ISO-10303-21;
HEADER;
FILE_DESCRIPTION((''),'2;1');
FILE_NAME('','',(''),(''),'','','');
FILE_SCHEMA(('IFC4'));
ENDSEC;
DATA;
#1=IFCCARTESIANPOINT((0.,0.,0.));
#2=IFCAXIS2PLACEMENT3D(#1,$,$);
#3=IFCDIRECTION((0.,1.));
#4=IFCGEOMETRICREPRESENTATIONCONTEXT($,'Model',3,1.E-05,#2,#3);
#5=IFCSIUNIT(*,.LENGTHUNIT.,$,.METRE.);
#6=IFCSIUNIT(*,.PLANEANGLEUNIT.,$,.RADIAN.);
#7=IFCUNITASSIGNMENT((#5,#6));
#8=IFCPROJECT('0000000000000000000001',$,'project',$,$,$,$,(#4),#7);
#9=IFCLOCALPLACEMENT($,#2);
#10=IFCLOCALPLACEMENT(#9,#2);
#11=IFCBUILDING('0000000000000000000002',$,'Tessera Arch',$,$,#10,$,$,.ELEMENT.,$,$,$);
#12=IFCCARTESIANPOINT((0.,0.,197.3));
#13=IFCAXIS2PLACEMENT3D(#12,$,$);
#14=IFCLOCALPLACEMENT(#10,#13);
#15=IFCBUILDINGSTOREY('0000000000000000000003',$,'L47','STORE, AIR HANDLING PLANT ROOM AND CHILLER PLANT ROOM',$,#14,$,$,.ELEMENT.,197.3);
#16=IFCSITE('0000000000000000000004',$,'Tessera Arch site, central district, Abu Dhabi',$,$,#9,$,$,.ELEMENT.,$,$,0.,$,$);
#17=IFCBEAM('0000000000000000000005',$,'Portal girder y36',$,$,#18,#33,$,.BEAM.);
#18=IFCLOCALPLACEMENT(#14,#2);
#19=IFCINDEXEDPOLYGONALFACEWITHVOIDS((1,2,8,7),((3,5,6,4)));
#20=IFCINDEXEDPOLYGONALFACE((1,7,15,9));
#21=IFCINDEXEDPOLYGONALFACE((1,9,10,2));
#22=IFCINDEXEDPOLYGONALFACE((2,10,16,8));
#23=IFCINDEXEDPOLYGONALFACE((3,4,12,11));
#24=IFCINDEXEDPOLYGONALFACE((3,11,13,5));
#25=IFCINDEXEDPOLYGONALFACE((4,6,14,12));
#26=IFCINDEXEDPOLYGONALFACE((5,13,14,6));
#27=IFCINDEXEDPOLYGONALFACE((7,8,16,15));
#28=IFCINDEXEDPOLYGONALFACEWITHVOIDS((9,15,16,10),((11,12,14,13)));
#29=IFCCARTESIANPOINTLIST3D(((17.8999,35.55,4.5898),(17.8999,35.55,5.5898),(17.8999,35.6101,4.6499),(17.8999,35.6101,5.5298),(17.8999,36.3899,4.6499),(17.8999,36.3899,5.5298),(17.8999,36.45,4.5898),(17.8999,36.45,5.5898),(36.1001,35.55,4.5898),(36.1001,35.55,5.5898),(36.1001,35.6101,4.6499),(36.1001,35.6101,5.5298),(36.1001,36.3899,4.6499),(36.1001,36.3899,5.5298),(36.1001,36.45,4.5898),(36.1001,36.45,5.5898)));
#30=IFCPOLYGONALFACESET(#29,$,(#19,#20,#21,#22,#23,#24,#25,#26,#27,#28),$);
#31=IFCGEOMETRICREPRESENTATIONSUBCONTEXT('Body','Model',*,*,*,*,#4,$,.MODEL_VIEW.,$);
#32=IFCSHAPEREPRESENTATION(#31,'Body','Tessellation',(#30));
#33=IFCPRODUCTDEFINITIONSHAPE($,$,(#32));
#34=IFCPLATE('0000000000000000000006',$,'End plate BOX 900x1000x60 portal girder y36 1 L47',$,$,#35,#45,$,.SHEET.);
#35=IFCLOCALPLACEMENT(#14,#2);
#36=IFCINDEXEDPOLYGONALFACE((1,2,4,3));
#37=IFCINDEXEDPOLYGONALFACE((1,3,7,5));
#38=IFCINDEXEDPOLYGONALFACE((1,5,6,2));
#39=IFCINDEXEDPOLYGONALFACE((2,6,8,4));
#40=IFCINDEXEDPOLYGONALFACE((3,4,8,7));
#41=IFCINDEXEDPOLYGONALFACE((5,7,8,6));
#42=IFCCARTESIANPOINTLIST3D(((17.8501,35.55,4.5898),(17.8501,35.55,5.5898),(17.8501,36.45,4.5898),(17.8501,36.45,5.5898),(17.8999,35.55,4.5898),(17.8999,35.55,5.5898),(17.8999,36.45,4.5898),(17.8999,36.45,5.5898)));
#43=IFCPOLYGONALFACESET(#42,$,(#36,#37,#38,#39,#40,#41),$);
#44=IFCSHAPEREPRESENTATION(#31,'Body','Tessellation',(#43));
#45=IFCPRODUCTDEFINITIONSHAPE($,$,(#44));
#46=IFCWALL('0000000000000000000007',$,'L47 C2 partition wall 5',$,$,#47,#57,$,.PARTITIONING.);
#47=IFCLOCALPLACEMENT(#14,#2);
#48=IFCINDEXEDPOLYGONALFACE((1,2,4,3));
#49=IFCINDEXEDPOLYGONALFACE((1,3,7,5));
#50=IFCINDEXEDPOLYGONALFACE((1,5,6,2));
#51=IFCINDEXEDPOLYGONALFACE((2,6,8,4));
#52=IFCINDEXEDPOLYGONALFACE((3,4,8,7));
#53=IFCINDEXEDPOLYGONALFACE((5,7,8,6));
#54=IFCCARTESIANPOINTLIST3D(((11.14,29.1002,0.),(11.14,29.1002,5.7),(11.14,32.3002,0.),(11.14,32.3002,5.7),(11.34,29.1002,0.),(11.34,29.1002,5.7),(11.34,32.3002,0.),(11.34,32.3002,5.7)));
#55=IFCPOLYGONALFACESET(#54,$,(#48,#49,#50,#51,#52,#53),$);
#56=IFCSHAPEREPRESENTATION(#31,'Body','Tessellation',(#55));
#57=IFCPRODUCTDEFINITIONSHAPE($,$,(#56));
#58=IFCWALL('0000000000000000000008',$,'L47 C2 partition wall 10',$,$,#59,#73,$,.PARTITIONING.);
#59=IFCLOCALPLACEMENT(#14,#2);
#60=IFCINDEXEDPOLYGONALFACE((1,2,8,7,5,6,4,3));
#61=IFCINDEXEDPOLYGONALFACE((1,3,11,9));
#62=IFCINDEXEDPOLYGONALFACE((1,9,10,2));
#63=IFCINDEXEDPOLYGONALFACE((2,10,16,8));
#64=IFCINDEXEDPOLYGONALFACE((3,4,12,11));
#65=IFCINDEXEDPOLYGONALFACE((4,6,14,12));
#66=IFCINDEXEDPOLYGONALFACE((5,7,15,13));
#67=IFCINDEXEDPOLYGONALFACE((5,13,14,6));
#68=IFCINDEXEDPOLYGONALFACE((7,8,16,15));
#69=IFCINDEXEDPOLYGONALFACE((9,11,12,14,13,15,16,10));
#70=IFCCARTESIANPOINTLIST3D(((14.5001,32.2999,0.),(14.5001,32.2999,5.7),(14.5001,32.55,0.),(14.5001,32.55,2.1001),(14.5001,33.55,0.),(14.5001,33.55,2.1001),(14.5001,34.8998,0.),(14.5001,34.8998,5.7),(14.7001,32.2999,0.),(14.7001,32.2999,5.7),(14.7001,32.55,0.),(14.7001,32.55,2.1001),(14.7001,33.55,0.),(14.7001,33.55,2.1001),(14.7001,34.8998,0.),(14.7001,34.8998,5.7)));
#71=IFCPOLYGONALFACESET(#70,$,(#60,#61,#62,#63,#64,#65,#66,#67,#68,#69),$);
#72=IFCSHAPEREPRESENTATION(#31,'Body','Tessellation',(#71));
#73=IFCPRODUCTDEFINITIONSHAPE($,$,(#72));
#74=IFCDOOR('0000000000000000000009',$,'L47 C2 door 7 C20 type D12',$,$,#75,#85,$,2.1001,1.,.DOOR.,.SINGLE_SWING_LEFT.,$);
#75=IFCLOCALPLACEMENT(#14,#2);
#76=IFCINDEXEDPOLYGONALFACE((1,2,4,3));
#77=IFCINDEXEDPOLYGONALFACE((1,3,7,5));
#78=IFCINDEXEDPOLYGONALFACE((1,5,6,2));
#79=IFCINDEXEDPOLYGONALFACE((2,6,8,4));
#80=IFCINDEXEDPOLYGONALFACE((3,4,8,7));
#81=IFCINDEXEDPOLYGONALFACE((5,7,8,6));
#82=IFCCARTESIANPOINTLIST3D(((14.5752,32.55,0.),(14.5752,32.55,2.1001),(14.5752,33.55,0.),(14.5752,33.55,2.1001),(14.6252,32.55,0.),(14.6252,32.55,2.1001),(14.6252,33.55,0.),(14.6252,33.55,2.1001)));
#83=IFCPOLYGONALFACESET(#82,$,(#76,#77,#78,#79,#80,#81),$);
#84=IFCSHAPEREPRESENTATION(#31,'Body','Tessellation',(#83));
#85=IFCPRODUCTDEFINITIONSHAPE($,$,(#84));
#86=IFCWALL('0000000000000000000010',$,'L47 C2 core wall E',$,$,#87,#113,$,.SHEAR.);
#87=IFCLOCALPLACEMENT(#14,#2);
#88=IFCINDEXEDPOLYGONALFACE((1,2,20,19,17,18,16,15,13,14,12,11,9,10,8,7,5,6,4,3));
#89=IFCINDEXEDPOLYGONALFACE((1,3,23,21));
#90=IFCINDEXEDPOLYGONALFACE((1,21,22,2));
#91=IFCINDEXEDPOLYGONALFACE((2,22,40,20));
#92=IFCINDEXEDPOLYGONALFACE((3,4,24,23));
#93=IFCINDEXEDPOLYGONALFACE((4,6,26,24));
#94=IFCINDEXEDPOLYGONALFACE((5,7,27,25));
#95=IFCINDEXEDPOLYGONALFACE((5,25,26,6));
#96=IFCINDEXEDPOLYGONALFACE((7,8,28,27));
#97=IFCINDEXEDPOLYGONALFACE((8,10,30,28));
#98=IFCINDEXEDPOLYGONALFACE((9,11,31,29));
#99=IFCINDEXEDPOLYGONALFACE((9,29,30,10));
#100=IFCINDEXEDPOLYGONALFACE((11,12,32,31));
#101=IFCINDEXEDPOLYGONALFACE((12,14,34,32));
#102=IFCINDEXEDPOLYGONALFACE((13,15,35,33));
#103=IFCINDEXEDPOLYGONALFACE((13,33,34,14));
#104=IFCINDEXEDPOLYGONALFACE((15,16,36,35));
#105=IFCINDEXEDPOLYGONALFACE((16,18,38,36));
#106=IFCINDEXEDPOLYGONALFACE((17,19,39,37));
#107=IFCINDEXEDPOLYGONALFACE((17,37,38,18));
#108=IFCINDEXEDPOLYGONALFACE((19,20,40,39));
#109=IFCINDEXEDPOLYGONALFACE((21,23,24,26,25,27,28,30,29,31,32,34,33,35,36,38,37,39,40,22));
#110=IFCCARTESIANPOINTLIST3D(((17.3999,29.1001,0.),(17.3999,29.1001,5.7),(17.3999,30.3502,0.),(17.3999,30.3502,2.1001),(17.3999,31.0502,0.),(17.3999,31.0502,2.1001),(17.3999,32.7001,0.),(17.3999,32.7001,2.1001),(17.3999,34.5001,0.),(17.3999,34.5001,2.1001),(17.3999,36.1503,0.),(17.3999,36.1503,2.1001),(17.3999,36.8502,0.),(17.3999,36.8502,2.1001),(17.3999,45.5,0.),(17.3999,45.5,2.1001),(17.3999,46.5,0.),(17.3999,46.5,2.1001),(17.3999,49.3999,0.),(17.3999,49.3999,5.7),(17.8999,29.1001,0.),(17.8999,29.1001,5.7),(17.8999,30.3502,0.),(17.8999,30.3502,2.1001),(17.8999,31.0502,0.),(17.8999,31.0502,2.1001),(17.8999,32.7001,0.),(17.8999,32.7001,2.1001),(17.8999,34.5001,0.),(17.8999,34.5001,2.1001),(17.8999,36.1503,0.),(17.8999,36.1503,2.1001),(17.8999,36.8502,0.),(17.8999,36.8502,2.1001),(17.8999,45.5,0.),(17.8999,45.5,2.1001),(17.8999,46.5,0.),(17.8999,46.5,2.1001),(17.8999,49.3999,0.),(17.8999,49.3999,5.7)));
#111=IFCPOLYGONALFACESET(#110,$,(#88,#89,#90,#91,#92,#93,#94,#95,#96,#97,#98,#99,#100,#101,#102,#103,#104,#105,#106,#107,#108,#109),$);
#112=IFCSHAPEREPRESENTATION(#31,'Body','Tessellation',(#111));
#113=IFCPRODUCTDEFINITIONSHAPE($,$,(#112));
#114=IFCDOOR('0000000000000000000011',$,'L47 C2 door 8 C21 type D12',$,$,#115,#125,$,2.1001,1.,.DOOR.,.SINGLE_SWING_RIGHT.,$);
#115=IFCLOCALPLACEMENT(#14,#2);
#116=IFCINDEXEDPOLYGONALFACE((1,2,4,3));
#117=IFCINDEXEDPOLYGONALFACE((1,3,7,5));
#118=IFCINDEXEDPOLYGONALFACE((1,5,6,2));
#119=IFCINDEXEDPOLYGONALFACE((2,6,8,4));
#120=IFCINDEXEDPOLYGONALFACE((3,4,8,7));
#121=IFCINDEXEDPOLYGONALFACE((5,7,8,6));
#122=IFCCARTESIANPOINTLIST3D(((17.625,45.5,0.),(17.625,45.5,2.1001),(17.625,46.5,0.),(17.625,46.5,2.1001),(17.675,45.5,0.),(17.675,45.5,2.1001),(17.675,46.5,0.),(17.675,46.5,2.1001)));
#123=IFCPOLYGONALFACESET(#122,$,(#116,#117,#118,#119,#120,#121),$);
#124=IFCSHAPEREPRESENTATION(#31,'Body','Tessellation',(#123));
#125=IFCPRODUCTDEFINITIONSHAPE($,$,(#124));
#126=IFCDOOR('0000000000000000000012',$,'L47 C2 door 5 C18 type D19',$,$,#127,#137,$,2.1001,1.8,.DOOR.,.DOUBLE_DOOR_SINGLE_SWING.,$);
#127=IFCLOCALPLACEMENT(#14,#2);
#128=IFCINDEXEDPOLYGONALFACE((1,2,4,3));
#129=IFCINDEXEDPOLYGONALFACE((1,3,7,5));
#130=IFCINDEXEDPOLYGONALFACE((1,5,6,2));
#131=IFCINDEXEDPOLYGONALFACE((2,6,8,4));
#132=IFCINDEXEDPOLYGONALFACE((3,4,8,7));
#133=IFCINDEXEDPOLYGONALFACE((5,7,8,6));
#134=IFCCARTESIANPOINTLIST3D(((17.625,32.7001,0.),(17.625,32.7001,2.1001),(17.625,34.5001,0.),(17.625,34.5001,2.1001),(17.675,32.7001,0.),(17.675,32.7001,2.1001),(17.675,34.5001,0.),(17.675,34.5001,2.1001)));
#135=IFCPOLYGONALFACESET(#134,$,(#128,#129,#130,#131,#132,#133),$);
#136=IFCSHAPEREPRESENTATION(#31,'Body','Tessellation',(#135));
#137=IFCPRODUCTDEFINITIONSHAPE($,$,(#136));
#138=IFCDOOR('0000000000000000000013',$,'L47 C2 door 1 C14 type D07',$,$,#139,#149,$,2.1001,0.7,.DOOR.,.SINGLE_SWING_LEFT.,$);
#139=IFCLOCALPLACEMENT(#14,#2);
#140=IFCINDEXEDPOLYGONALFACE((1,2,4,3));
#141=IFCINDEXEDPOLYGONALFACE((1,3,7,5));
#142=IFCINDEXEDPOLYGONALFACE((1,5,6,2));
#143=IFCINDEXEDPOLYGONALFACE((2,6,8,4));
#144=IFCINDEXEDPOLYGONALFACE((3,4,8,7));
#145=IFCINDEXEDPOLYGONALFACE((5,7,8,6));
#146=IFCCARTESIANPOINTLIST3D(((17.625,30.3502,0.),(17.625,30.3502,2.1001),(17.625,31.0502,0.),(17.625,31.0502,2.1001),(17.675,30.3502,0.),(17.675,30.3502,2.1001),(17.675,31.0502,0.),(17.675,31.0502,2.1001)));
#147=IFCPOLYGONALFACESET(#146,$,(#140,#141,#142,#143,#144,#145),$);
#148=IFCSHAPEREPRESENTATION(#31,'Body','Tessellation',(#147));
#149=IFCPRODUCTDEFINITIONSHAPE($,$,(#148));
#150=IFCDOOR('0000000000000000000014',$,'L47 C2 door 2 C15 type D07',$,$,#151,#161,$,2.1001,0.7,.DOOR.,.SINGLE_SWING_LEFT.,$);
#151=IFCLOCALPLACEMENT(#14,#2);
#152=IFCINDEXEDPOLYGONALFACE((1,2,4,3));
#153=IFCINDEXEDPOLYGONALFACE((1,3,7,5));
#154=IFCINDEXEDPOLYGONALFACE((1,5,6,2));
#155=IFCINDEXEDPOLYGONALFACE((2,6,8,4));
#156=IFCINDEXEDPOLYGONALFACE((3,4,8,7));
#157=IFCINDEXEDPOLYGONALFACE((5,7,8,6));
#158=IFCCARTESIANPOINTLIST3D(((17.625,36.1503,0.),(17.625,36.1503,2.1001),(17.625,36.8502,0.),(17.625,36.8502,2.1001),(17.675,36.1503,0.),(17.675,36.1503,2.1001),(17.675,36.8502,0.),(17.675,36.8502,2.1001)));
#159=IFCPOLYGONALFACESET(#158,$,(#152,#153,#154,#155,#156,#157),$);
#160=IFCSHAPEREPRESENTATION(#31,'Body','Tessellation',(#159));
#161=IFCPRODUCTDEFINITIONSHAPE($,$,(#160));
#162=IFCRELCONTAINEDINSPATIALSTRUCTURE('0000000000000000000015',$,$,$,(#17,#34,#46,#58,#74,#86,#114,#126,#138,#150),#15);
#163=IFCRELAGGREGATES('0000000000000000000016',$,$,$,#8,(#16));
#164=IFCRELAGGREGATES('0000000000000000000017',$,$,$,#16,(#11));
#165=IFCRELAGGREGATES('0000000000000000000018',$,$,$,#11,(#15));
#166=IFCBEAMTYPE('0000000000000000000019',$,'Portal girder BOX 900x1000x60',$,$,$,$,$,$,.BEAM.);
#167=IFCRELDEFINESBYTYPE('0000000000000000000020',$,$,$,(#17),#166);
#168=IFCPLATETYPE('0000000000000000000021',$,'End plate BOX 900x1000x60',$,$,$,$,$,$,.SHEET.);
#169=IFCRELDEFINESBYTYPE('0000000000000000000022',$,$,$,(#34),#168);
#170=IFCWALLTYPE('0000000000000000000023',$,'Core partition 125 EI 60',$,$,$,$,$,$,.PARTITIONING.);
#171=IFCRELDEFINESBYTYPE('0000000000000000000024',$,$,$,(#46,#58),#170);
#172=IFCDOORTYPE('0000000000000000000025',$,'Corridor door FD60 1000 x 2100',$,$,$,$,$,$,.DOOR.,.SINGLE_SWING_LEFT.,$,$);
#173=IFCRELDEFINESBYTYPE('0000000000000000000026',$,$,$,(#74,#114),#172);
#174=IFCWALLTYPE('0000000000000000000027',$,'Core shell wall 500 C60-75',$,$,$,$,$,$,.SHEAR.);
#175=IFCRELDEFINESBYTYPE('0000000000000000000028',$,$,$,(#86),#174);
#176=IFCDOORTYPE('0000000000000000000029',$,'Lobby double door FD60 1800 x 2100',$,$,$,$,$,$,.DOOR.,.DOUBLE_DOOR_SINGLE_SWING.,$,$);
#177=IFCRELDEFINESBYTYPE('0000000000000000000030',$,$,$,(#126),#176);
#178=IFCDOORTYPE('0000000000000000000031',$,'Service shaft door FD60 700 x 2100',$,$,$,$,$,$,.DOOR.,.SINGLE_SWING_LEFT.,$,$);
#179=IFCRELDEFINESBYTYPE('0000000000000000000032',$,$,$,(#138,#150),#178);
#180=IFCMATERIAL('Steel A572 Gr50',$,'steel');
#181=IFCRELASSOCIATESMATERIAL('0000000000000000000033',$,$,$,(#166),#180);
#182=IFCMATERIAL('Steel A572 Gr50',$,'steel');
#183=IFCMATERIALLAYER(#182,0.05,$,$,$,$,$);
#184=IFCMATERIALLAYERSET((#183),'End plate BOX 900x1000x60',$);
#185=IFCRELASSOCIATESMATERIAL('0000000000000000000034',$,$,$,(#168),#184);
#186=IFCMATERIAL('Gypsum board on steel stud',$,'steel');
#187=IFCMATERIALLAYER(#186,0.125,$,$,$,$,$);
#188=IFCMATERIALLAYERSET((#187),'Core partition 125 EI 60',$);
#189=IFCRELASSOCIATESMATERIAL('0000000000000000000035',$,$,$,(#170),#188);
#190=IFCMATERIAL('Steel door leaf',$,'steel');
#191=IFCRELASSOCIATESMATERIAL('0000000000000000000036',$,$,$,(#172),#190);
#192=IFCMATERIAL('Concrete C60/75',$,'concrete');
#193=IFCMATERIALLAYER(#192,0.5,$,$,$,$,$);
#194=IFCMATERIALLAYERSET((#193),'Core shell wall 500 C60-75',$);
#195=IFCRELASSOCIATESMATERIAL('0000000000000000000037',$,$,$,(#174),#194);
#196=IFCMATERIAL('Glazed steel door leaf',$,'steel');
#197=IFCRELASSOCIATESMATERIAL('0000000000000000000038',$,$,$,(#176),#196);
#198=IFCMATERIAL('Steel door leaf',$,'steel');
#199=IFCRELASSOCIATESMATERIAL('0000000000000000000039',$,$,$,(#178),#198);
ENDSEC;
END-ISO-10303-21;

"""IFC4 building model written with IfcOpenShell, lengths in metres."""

from ifc_helpers import new_model, si_unit, direction, frame, frame_2d, origin, origin_2d, place, context, subcontext, project, spatial, rectangle, hollow_rectangle, extrude, material, layer, layer_set, material_profile, profile_set, type_object, element, fill, save


model = new_model("IFC4")

# Units and contexts
model_context = context("Model", 3, precision=1e-05, world=origin(), true_north=direction((0.0, 1.0)))
body_context = subcontext(model_context, "Body", "Model", "MODEL_VIEW")
ifc_project = project(units=[si_unit("LENGTHUNIT", "METRE"), si_unit("PLANEANGLEUNIT", "RADIAN")], contexts=[model_context])

# Site, building, storey
site_placement = place(None, origin())
site = spatial("IfcSite", under=ifc_project, at=site_placement, Name="Tessera Arch site, central district, Abu Dhabi", CompositionType="ELEMENT", RefElevation=0.0)
building_placement = place(site_placement, origin())
building = spatial("IfcBuilding", under=site, at=building_placement, Name="Tessera Arch", CompositionType="ELEMENT")
storey_placement = place(building_placement, frame((0.0, 0.0, 197.3)))
storey = spatial("IfcBuildingStorey", under=building, at=storey_placement, Name="L47", Description="STORE, AIR HANDLING PLANT ROOM AND CHILLER PLANT ROOM", CompositionType="ELEMENT", Elevation=197.3)

# Beam
ifc_material_1 = material(Name="Steel A572 Gr50", Category="steel")
ifc_material_profile = material_profile(ifc_material_1, hollow_rectangle(XDim=0.8999, YDim=1.0, WallThickness=0.0601, at=origin_2d()), Name="BOX 900x1000x60")
ifc_profile_set = profile_set([ifc_material_profile], Name="Steel A572 Gr50")
beam_type = type_object("IfcBeamType", Name="Portal girder BOX 900x1000x60", PredefinedType="BEAM", material=ifc_profile_set)
beam_placement = place(storey_placement, frame((17.8999, 36.0, 5.0898), z_axis=(1.0, 0.0, 0.0), x_axis=(0.0, 1.0, 0.0)))
element("IfcBeam", 1, at=beam_placement, inside=storey, type_object=beam_type, Name="Portal girder y36", PredefinedType="BEAM", context=body_context, shape_type="SweptSolid", body=[
    extrude(hollow_rectangle(XDim=0.8999, YDim=1.0, WallThickness=0.0601, at=origin_2d()), origin(), (0.0, 0.0, 1.0), 18.2002),
])

# Plate
ifc_material_2 = material(Name="Steel A572 Gr50", Category="steel")
ifc_layer_1 = layer(ifc_material_2, 0.05)
ifc_layer_set_1 = layer_set([ifc_layer_1], Name="End plate BOX 900x1000x60")
plate_type = type_object("IfcPlateType", Name="End plate BOX 900x1000x60", PredefinedType="SHEET", material=ifc_layer_set_1)
plate_placement = place(storey_placement, frame((17.8501, 36.0, 5.0898), z_axis=(1.0, 0.0, 0.0), x_axis=(0.0, 1.0, 0.0)))
element("IfcPlate", 2, at=plate_placement, inside=storey, type_object=plate_type, Name="End plate BOX 900x1000x60 portal girder y36 1 L47", PredefinedType="SHEET", context=body_context, shape_type="SweptSolid", body=[
    extrude(rectangle(XDim=0.8999, YDim=1.0, at=origin_2d()), origin(), (0.0, 0.0, 1.0), 0.0498),
])

# Wall
ifc_material_3 = material(Name="Gypsum board on steel stud", Category="steel")
ifc_layer_2 = layer(ifc_material_3, 0.125)
ifc_layer_set_2 = layer_set([ifc_layer_2], Name="Core partition 125 EI 60")
wall_type_1 = type_object("IfcWallType", Name="Core partition 125 EI 60", PredefinedType="PARTITIONING", material=ifc_layer_set_2)
wall_1_placement = place(storey_placement, frame((11.24, 29.1001, 0.0), z_axis=(0.0, 0.0, 1.0), x_axis=(0.0, 1.0, 0.0)))
element("IfcWall", 3, at=wall_1_placement, inside=storey, type_object=wall_type_1, Name="L47 C2 partition wall 5", PredefinedType="PARTITIONING", context=body_context, shape_type="SweptSolid", body=[
    extrude(rectangle(XDim=3.2, YDim=0.2, at=frame_2d((1.6001, 0.0))), origin(), (0.0, 0.0, 1.0), 5.7),
])

# Wall, opening, door
wall_2_placement = place(storey_placement, frame((14.6001, 32.3, 0.0), z_axis=(0.0, 0.0, 1.0), x_axis=(0.0, 1.0, 0.0)))
wall_2 = element("IfcWall", 4, at=wall_2_placement, inside=storey, type_object=wall_type_1, Name="L47 C2 partition wall 10", PredefinedType="PARTITIONING", context=body_context, shape_type="SweptSolid", body=[
    extrude(rectangle(XDim=2.5999, YDim=0.2, at=frame_2d((1.2998, 0.0))), origin(), (0.0, 0.0, 1.0), 5.7),
])
opening_1_placement = place(wall_2_placement, frame((0.25, 0.0, 0.0)))
opening_1 = element("IfcOpeningElement", 5, at=opening_1_placement, cuts=wall_2, PredefinedType="OPENING", context=body_context, shape_type="SweptSolid", body=[
    extrude(rectangle(XDim=1.0, YDim=2.1001, at=frame_2d((0.5, 1.05))), frame((0.0, 0.1099, 0.0), z_axis=(0.0, -1.0, 0.0), x_axis=(1.0, 0.0, 0.0)), (0.0, 0.0, 1.0), 0.22),
])
ifc_material_4 = material(Name="Steel door leaf", Category="steel")
door_type_1 = type_object("IfcDoorType", Name="Corridor door FD60 1000 x 2100", OperationType="SINGLE_SWING_LEFT", PredefinedType="DOOR", material=ifc_material_4)
door_1_placement = place(opening_1_placement, origin())
door_1 = element("IfcDoor", 6, at=door_1_placement, inside=storey, type_object=door_type_1, Name="L47 C2 door 7 C20 type D12", OperationType="SINGLE_SWING_LEFT", OverallHeight=2.1001, OverallWidth=1.0, PredefinedType="DOOR", context=body_context, shape_type="SweptSolid", body=[
    extrude(rectangle(XDim=1.0, YDim=2.1001, at=frame_2d((0.5, 1.05))), frame((0.0, 0.0249, 0.0), z_axis=(0.0, -1.0, 0.0), x_axis=(1.0, 0.0, 0.0)), (0.0, 0.0, 1.0), 0.05),
])
fill(opening_1, door_1)

# Wall, openings, doors
ifc_material_5 = material(Name="Concrete C60/75", Category="concrete")
ifc_layer_3 = layer(ifc_material_5, 0.5)
ifc_layer_set_3 = layer_set([ifc_layer_3], Name="Core shell wall 500 C60-75")
wall_type_2 = type_object("IfcWallType", Name="Core shell wall 500 C60-75", PredefinedType="SHEAR", material=ifc_layer_set_3)
wall_3_placement = place(storey_placement, frame((17.6499, 29.1001, 0.0), z_axis=(0.0, 0.0, 1.0), x_axis=(0.0, 1.0, 0.0)))
wall_3 = element("IfcWall", 7, at=wall_3_placement, inside=storey, type_object=wall_type_2, Name="L47 C2 core wall E", PredefinedType="SHEAR", context=body_context, shape_type="SweptSolid", body=[
    extrude(rectangle(XDim=20.2998, YDim=0.5, at=frame_2d((10.1499, 0.0))), origin(), (0.0, 0.0, 1.0), 5.7),
])
opening_2_placement = place(wall_3_placement, frame((1.25, 0.0, 0.0)))
opening_2 = element("IfcOpeningElement", 8, at=opening_2_placement, cuts=wall_3, PredefinedType="OPENING", context=body_context, shape_type="SweptSolid", body=[
    extrude(rectangle(XDim=0.7, YDim=2.1001, at=frame_2d((0.3501, 1.05))), frame((0.0, 0.26, 0.0), z_axis=(0.0, -1.0, 0.0), x_axis=(1.0, 0.0, 0.0)), (0.0, 0.0, 1.0), 0.52),
])
opening_3_placement = place(wall_3_placement, frame((7.05, 0.0, 0.0)))
opening_3 = element("IfcOpeningElement", 9, at=opening_3_placement, cuts=wall_3, PredefinedType="OPENING", context=body_context, shape_type="SweptSolid", body=[
    extrude(rectangle(XDim=0.7, YDim=2.1001, at=frame_2d((0.3501, 1.05))), frame((0.0, 0.26, 0.0), z_axis=(0.0, -1.0, 0.0), x_axis=(1.0, 0.0, 0.0)), (0.0, 0.0, 1.0), 0.52),
])
opening_4_placement = place(wall_3_placement, frame((3.6001, 0.0, 0.0)))
opening_4 = element("IfcOpeningElement", 10, at=opening_4_placement, cuts=wall_3, PredefinedType="OPENING", context=body_context, shape_type="SweptSolid", body=[
    extrude(rectangle(XDim=1.8, YDim=2.1001, at=frame_2d((0.8999, 1.05))), frame((0.0, 0.26, 0.0), z_axis=(0.0, -1.0, 0.0), x_axis=(1.0, 0.0, 0.0)), (0.0, 0.0, 1.0), 0.52),
])
opening_5_placement = place(wall_3_placement, frame((16.3999, 0.0, 0.0)))
opening_5 = element("IfcOpeningElement", 11, at=opening_5_placement, cuts=wall_3, PredefinedType="OPENING", context=body_context, shape_type="SweptSolid", body=[
    extrude(rectangle(XDim=1.0, YDim=2.1001, at=frame_2d((0.5, 1.05))), frame((0.0, 0.26, 0.0), z_axis=(0.0, -1.0, 0.0), x_axis=(1.0, 0.0, 0.0)), (0.0, 0.0, 1.0), 0.52),
])
door_2_placement = place(opening_5_placement, origin())
door_2 = element("IfcDoor", 12, at=door_2_placement, inside=storey, type_object=door_type_1, Name="L47 C2 door 8 C21 type D12", OperationType="SINGLE_SWING_RIGHT", OverallHeight=2.1001, OverallWidth=1.0, PredefinedType="DOOR", context=body_context, shape_type="SweptSolid", body=[
    extrude(rectangle(XDim=1.0, YDim=2.1001, at=frame_2d((0.5, 1.05))), frame((0.0, 0.0249, 0.0), z_axis=(0.0, -1.0, 0.0), x_axis=(1.0, 0.0, 0.0)), (0.0, 0.0, 1.0), 0.05),
])
fill(opening_5, door_2)
ifc_material_6 = material(Name="Glazed steel door leaf", Category="steel")
door_type_2 = type_object("IfcDoorType", Name="Lobby double door FD60 1800 x 2100", OperationType="DOUBLE_DOOR_SINGLE_SWING", PredefinedType="DOOR", material=ifc_material_6)
door_3_placement = place(opening_4_placement, origin())
door_3 = element("IfcDoor", 13, at=door_3_placement, inside=storey, type_object=door_type_2, Name="L47 C2 door 5 C18 type D19", OperationType="DOUBLE_DOOR_SINGLE_SWING", OverallHeight=2.1001, OverallWidth=1.8, PredefinedType="DOOR", context=body_context, shape_type="SweptSolid", body=[
    extrude(rectangle(XDim=1.8, YDim=2.1001, at=frame_2d((0.8999, 1.05))), frame((0.0, 0.0249, 0.0), z_axis=(0.0, -1.0, 0.0), x_axis=(1.0, 0.0, 0.0)), (0.0, 0.0, 1.0), 0.05),
])
fill(opening_4, door_3)
ifc_material_7 = material(Name="Steel door leaf", Category="steel")
door_type_3 = type_object("IfcDoorType", Name="Service shaft door FD60 700 x 2100", OperationType="SINGLE_SWING_LEFT", PredefinedType="DOOR", material=ifc_material_7)
door_4_placement = place(opening_2_placement, origin())
door_4 = element("IfcDoor", 14, at=door_4_placement, inside=storey, type_object=door_type_3, Name="L47 C2 door 1 C14 type D07", OperationType="SINGLE_SWING_LEFT", OverallHeight=2.1001, OverallWidth=0.7, PredefinedType="DOOR", context=body_context, shape_type="SweptSolid", body=[
    extrude(rectangle(XDim=0.7, YDim=2.1001, at=frame_2d((0.3501, 1.05))), frame((0.0, 0.0249, 0.0), z_axis=(0.0, -1.0, 0.0), x_axis=(1.0, 0.0, 0.0)), (0.0, 0.0, 1.0), 0.05),
])
fill(opening_2, door_4)
door_5_placement = place(opening_3_placement, origin())
door_5 = element("IfcDoor", 15, at=door_5_placement, inside=storey, type_object=door_type_3, Name="L47 C2 door 2 C15 type D07", OperationType="SINGLE_SWING_LEFT", OverallHeight=2.1001, OverallWidth=0.7, PredefinedType="DOOR", context=body_context, shape_type="SweptSolid", body=[
    extrude(rectangle(XDim=0.7, YDim=2.1001, at=frame_2d((0.3501, 1.05))), frame((0.0, 0.0249, 0.0), z_axis=(0.0, -1.0, 0.0), x_axis=(1.0, 0.0, 0.0)), (0.0, 0.0, 1.0), 0.05),
])
fill(opening_3, door_5)

save(model, "model.ifc")
